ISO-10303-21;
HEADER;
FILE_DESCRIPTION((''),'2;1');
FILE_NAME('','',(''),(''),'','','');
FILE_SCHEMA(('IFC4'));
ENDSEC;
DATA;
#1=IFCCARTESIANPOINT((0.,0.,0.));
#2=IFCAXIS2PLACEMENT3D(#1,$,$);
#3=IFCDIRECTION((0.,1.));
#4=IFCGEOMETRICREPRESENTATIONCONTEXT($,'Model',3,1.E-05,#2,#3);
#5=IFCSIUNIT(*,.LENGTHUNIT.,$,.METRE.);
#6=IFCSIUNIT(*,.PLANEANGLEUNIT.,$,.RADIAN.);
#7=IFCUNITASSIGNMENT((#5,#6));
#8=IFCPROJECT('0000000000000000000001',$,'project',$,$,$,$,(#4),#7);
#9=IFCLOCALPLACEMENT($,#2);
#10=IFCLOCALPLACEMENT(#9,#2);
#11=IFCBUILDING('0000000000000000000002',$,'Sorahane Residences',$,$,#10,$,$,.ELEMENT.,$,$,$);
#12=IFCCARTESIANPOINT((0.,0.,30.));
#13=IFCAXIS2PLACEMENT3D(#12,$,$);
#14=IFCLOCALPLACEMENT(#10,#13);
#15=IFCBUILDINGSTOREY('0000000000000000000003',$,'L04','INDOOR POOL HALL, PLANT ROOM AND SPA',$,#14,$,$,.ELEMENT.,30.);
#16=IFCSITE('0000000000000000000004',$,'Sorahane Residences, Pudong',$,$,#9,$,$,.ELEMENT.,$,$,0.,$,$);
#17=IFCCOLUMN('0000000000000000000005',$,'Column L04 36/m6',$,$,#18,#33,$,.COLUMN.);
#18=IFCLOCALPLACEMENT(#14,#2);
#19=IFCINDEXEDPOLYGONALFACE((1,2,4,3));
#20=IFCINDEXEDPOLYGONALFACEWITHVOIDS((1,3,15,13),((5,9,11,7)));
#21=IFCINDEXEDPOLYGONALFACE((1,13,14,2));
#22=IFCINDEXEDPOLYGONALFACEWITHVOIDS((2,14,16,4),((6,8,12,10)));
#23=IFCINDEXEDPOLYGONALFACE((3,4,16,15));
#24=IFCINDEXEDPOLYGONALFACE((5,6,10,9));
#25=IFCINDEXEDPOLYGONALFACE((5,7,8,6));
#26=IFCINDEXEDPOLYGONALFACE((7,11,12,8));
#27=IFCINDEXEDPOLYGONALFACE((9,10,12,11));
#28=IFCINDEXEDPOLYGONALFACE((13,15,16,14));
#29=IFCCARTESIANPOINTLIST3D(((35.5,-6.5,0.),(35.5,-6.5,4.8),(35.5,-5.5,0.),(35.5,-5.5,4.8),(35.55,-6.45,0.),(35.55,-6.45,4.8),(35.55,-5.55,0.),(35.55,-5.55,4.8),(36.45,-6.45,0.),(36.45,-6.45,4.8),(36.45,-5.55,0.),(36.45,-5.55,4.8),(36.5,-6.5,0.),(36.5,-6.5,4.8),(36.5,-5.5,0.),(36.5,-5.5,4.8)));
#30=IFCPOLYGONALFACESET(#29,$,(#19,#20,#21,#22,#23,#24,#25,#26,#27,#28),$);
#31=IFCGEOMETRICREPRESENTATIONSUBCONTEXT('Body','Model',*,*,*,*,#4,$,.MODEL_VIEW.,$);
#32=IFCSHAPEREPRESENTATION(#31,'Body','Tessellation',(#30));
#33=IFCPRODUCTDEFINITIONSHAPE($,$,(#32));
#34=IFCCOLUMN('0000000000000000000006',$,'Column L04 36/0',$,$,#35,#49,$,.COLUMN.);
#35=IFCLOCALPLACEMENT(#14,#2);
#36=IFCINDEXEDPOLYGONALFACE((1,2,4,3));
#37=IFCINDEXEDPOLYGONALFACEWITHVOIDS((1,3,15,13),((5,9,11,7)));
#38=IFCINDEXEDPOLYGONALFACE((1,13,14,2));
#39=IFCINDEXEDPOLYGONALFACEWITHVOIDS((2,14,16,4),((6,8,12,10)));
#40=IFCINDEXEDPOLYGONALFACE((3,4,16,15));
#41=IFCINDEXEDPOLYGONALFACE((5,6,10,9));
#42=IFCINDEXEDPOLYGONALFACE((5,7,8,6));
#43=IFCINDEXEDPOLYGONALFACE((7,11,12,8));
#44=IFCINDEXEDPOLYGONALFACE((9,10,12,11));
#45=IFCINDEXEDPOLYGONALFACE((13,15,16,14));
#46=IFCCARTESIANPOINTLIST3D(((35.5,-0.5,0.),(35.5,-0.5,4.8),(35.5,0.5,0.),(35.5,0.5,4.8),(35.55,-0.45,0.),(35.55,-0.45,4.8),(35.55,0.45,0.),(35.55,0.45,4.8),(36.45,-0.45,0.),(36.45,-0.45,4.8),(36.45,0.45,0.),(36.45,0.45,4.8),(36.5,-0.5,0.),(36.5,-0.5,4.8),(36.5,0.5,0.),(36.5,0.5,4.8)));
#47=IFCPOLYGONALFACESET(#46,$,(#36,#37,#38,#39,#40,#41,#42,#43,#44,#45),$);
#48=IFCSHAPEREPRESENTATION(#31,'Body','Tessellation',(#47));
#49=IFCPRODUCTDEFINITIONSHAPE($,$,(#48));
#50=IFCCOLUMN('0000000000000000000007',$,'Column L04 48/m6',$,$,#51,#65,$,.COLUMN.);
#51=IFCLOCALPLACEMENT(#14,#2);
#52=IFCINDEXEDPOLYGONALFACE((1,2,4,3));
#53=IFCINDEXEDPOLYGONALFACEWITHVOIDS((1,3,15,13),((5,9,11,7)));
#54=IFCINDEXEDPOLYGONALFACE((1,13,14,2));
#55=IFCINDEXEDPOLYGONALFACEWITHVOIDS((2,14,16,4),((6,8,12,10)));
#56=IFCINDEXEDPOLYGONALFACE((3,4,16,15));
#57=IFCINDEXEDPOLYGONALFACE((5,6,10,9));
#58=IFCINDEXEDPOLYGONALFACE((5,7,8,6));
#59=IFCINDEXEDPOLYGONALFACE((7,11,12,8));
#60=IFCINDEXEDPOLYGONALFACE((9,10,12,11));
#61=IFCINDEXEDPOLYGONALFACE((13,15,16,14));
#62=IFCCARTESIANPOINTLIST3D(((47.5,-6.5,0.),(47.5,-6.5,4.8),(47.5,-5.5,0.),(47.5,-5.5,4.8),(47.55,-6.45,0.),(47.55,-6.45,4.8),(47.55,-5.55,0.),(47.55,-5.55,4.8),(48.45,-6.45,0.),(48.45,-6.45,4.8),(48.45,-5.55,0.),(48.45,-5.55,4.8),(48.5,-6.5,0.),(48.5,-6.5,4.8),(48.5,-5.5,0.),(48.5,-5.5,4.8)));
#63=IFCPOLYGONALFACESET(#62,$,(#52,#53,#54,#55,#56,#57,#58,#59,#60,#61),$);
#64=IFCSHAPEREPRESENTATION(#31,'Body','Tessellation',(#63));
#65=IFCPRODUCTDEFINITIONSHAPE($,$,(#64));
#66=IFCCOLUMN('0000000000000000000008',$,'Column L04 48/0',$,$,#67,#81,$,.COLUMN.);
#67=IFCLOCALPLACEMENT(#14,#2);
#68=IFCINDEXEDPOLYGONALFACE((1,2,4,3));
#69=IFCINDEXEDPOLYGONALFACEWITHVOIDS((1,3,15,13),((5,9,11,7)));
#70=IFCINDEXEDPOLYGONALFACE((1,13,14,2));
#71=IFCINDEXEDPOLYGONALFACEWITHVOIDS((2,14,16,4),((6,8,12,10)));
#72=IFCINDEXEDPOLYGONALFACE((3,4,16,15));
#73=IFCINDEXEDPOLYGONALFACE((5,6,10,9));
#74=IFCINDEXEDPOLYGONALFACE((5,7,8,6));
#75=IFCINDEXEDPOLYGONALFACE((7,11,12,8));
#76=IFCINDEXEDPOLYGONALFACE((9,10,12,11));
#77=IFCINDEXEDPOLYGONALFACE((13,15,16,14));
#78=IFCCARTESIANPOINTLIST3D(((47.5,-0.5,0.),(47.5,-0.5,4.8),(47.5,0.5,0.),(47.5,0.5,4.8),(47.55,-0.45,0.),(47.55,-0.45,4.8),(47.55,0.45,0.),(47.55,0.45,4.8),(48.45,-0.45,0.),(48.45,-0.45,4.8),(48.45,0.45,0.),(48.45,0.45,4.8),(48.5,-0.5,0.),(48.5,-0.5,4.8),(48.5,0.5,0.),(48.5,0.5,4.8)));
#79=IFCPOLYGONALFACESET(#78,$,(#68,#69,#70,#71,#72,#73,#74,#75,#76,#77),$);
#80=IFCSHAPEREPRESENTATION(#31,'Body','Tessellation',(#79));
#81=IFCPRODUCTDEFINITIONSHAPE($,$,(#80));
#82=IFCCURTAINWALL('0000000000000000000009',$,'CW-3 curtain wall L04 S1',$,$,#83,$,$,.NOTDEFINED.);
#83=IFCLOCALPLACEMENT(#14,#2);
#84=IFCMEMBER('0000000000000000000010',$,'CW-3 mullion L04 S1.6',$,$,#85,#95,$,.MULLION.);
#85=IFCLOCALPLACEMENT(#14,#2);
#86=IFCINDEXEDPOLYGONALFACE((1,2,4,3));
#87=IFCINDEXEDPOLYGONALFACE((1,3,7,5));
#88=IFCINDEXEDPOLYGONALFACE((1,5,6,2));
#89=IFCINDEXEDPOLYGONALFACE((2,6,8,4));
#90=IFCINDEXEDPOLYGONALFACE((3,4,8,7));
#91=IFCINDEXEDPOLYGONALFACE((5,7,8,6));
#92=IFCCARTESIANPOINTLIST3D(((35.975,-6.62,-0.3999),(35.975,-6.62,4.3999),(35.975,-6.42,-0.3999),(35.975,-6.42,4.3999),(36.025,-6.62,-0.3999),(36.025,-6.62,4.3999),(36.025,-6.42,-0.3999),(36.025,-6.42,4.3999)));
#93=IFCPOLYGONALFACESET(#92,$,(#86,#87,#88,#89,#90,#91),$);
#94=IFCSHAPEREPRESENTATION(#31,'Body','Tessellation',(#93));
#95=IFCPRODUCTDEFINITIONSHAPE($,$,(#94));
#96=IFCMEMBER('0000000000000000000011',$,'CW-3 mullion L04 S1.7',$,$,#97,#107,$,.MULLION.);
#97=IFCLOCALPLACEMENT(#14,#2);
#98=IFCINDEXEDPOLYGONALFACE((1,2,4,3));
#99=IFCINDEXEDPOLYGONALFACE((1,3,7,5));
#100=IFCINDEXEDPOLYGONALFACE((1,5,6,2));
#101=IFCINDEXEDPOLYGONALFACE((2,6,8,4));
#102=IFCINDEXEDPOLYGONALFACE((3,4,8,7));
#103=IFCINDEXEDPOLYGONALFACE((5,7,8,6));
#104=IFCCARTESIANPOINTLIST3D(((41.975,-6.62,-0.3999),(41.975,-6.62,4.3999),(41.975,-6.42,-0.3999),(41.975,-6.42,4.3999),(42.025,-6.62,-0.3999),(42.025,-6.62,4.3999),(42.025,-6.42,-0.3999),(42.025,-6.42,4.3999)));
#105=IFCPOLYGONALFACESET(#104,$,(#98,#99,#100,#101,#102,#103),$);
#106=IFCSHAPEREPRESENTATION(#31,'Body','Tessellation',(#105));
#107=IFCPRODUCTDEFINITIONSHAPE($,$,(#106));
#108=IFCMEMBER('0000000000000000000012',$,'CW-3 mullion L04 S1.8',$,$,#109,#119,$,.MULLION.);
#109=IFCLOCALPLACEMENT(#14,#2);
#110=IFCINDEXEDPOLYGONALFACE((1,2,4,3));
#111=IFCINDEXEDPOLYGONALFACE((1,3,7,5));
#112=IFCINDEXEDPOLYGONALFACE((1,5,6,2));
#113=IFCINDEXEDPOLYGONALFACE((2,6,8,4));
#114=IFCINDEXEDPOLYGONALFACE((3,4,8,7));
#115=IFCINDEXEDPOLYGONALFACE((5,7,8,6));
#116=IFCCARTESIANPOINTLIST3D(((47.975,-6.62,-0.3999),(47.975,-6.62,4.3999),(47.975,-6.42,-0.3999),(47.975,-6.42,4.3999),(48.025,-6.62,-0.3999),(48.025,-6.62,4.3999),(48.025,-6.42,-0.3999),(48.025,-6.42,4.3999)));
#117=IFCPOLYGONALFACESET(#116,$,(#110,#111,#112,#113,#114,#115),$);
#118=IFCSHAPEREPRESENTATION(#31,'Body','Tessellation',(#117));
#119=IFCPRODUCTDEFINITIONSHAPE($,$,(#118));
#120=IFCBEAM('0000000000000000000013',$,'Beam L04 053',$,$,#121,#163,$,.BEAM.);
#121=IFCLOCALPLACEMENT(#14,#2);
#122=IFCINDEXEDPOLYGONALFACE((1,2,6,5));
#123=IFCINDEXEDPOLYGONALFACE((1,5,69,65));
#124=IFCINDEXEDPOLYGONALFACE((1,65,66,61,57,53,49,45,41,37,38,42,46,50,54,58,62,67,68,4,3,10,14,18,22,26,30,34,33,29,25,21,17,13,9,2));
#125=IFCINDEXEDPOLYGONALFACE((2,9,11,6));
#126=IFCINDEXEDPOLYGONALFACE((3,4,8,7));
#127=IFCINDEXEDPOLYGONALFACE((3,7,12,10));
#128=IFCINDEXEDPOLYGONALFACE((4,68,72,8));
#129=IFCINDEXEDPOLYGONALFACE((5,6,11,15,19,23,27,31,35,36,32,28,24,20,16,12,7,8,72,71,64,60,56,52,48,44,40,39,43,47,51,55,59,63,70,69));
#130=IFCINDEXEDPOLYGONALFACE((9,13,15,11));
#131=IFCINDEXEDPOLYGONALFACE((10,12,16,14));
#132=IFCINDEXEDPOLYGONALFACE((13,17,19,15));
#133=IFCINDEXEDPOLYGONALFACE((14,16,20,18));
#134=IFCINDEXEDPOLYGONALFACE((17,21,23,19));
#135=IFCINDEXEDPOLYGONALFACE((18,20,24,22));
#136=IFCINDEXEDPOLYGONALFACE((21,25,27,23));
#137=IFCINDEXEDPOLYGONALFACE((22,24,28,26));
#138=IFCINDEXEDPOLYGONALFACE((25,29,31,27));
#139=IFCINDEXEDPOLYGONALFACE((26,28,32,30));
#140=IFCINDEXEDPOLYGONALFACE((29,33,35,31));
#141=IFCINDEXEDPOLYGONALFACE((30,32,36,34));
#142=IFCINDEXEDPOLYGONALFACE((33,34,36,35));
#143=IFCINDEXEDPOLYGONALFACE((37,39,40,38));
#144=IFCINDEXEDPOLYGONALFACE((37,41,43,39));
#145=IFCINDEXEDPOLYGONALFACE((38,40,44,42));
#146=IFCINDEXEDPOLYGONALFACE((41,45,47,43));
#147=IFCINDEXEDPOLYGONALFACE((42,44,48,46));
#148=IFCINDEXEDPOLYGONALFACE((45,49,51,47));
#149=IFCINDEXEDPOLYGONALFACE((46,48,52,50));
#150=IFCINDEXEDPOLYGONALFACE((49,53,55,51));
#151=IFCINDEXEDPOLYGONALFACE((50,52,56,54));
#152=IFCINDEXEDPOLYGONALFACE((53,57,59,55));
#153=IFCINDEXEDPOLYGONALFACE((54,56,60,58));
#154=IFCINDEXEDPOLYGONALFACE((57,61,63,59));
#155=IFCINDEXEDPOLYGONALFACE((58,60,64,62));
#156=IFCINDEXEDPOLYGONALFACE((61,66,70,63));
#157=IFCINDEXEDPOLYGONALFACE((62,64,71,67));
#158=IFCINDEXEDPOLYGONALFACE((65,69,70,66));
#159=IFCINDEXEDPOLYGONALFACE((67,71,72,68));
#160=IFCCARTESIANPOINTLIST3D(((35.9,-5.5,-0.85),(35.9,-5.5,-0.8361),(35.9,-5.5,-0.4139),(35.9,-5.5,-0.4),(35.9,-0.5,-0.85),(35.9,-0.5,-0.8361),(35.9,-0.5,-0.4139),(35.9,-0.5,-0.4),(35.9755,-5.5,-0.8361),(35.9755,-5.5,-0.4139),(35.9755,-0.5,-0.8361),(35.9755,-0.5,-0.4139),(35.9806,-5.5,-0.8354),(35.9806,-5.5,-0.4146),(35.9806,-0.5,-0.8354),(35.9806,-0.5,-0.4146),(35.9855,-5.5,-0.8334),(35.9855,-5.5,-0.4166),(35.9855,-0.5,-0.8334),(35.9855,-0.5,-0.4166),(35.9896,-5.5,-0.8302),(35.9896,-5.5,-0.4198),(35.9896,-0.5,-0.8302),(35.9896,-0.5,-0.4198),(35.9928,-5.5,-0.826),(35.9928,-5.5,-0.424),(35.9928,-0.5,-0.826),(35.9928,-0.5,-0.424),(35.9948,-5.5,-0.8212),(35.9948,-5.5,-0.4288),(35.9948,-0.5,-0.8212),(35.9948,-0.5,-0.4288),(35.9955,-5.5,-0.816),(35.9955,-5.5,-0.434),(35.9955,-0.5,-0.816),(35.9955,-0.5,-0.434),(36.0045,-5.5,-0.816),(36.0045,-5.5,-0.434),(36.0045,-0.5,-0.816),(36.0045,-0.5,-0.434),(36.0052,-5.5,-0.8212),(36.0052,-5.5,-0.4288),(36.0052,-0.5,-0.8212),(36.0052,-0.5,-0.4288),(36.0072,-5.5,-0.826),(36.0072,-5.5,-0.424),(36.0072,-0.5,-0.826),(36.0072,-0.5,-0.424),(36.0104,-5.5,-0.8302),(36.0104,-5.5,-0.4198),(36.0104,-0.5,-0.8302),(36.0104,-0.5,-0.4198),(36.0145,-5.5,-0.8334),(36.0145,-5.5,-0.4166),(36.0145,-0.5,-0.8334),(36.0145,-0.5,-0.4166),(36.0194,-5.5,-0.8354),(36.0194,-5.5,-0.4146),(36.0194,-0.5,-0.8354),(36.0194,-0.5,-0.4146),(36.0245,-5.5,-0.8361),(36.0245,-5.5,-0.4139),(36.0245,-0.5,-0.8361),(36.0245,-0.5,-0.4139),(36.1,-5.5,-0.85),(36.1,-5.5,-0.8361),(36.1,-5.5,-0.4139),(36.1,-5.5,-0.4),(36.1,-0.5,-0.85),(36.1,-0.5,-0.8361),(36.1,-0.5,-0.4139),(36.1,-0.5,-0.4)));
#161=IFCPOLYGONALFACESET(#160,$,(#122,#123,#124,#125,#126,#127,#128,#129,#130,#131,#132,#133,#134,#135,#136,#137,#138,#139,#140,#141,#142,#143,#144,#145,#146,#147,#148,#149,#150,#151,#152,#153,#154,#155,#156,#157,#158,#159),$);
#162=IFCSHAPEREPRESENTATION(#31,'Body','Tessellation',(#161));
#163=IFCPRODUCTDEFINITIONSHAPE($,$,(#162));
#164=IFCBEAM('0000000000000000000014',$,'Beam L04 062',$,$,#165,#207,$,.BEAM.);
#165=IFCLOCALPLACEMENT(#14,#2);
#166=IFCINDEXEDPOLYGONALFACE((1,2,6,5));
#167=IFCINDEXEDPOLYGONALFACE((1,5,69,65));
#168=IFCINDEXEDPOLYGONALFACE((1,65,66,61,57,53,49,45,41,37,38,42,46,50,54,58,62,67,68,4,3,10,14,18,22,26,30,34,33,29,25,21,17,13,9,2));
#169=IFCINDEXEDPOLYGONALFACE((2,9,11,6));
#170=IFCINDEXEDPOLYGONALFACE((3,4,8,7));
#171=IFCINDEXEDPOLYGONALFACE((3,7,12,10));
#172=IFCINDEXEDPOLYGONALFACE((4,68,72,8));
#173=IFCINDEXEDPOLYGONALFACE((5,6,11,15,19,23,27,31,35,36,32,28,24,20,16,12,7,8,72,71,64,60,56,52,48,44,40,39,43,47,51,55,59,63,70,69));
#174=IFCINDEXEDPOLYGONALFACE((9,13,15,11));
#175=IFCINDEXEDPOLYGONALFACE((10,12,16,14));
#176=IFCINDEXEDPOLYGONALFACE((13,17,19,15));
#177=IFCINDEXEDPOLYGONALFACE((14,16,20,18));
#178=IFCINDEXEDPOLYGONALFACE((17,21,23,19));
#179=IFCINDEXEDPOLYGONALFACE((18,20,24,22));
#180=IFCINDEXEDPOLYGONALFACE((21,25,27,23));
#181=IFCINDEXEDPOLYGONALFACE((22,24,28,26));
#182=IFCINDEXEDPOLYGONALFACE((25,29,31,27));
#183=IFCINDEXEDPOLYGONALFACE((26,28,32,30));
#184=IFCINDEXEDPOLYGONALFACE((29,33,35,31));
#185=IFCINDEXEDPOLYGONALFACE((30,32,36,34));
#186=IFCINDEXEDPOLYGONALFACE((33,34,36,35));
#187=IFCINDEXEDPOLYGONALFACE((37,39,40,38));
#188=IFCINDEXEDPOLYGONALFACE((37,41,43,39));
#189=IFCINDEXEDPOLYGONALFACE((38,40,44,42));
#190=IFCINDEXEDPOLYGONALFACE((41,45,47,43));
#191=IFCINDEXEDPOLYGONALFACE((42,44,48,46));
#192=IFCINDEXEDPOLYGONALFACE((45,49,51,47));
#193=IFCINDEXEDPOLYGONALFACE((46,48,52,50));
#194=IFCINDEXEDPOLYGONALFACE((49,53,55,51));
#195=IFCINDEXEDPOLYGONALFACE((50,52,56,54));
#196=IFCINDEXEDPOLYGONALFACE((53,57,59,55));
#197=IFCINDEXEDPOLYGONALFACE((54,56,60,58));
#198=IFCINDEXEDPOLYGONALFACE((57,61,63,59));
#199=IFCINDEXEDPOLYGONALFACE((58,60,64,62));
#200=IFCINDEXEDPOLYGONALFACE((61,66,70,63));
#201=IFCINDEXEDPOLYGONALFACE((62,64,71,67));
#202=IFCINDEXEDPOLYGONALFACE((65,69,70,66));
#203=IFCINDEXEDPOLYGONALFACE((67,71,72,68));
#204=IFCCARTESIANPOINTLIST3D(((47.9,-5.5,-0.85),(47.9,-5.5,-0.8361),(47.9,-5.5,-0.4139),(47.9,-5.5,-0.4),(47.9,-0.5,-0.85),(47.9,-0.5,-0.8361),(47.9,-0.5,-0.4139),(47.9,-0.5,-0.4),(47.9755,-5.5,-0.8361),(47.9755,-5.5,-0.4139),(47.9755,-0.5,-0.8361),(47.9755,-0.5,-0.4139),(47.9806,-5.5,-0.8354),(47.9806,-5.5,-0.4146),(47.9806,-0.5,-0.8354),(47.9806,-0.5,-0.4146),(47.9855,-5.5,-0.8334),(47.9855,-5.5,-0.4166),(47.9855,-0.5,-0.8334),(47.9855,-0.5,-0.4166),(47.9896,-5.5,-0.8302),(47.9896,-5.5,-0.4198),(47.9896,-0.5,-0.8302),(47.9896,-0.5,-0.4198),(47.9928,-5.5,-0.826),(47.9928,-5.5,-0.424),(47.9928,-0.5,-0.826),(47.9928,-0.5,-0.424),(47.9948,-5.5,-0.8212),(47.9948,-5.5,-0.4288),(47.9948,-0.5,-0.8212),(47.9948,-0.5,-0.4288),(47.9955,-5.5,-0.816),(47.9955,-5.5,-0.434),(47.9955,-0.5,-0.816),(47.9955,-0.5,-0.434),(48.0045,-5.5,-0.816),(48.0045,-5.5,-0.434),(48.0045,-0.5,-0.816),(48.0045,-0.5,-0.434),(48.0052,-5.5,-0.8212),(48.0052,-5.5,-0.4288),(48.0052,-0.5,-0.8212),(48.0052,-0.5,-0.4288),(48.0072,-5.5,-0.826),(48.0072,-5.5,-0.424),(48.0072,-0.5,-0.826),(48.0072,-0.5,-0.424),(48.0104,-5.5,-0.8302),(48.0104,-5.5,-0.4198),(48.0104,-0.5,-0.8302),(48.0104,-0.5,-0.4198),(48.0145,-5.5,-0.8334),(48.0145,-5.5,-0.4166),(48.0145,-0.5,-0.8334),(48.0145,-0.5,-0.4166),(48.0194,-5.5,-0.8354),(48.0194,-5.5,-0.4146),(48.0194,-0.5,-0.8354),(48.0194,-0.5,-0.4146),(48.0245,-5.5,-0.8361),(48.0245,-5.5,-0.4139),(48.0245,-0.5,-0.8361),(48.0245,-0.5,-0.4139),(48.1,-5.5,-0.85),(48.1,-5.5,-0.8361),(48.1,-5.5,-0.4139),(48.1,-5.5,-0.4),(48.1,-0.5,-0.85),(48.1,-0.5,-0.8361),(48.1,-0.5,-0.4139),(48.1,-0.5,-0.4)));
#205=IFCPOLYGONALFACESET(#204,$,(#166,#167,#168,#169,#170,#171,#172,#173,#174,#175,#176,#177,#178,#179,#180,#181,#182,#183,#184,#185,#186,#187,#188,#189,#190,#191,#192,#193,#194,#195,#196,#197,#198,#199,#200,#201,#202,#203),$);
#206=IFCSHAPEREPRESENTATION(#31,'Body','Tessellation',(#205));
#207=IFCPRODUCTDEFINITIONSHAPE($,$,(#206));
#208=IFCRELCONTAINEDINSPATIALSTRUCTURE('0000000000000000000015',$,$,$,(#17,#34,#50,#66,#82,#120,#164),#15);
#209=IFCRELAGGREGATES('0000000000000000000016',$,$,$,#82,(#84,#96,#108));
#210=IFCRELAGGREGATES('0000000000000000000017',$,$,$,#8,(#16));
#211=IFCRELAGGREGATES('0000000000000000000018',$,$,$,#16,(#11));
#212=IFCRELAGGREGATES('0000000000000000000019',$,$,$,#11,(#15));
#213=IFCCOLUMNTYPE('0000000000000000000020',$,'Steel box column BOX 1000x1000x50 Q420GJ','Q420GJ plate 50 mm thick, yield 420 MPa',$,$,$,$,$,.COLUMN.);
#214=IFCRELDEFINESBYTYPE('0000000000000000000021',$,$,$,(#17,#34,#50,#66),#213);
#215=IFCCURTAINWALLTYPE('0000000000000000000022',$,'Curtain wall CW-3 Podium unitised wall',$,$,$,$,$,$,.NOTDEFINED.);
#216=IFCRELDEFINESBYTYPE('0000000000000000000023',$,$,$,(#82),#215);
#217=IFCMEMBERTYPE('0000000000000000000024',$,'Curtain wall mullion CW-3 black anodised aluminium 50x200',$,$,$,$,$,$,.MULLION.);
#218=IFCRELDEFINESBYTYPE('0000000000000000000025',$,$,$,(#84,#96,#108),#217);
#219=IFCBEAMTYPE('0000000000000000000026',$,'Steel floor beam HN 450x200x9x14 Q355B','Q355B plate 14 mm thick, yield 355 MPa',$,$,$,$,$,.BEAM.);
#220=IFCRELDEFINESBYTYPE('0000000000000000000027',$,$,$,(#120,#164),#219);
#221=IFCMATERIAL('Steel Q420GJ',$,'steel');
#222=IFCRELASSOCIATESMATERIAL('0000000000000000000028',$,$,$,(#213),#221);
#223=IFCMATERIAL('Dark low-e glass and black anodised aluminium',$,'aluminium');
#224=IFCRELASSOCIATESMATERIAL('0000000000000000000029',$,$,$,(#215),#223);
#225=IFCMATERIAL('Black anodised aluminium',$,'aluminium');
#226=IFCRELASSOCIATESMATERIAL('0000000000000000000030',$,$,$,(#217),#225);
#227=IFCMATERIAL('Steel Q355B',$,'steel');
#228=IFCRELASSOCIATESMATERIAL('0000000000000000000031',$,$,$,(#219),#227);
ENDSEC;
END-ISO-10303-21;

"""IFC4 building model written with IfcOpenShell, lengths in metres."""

from ifc_helpers import new_model, si_unit, direction, frame, origin, origin_2d, place, context, subcontext, project, spatial, rectangle, hollow_rectangle, i_section, extrude, material, material_profile, profile_set, type_object, element, aggregate, save


model = new_model("IFC4")

# Units and contexts
model_context = context("Model", 3, precision=1e-05, world=origin(), true_north=direction((0.0, 1.0)))
body_context = subcontext(model_context, "Body", "Model", "MODEL_VIEW")
ifc_project = project(units=[si_unit("LENGTHUNIT", "METRE"), si_unit("PLANEANGLEUNIT", "RADIAN")], contexts=[model_context])

# Site, building, storey
site_placement = place(None, origin())
site = spatial("IfcSite", under=ifc_project, at=site_placement, Name="Sorahane Residences, Pudong", CompositionType="ELEMENT", RefElevation=0.0)
building_placement = place(site_placement, origin())
building = spatial("IfcBuilding", under=site, at=building_placement, Name="Sorahane Residences", CompositionType="ELEMENT")
storey_placement = place(building_placement, frame((0.0, 0.0, 30.0)))
storey = spatial("IfcBuildingStorey", under=building, at=storey_placement, Name="L04", Description="INDOOR POOL HALL, PLANT ROOM AND SPA", CompositionType="ELEMENT", Elevation=30.0)

# Columns
ifc_material_1 = material(Name="Steel Q420GJ", Category="steel")
ifc_material_profile_1 = material_profile(ifc_material_1, hollow_rectangle(XDim=1.0, YDim=1.0, WallThickness=0.05, at=origin_2d()), Name="BOX 1000x1000x50")
ifc_profile_set_1 = profile_set([ifc_material_profile_1], Name="Steel Q420GJ")
column_type = type_object("IfcColumnType", Name="Steel box column BOX 1000x1000x50 Q420GJ", Description="Q420GJ plate 50 mm thick, yield 420 MPa", PredefinedType="COLUMN", material=ifc_profile_set_1)
for number, where, z_axis, x_axis, name in (
    (1, (36.0, -6.0, 0.0), (0.0, 0.0, 1.0), (1.0, 0.0, 0.0), "Column L04 36/m6"),
    (2, (36.0, 0.0, 0.0), (0.0, 0.0, 1.0), (1.0, 0.0, 0.0), "Column L04 36/0"),
    (3, (48.0, -6.0, 0.0), (0.0, 0.0, 1.0), (1.0, 0.0, 0.0), "Column L04 48/m6"),
    (4, (48.0, 0.0, 0.0), (0.0, 0.0, 1.0), (1.0, 0.0, 0.0), "Column L04 48/0"),
):
    element("IfcColumn", number, at=place(storey_placement, frame(where, z_axis=z_axis, x_axis=x_axis)), inside=storey, type_object=column_type, Name=name, PredefinedType="COLUMN", context=body_context, shape_type="SweptSolid", body=[
        extrude(hollow_rectangle(XDim=1.0, YDim=1.0, WallThickness=0.05, at=origin_2d()), origin(), (0.0, 0.0, 1.0), 4.8),
    ])

# Curtain wall, members
ifc_material_2 = material(Name="Dark low-e glass and black anodised aluminium", Category="aluminium")
curtain_wall_type = type_object("IfcCurtainWallType", Name="Curtain wall CW-3 Podium unitised wall", PredefinedType="NOTDEFINED", material=ifc_material_2)
curtain_wall_placement = place(storey_placement, origin())
curtain_wall = element("IfcCurtainWall", 5, at=curtain_wall_placement, inside=storey, type_object=curtain_wall_type, Name="CW-3 curtain wall L04 S1", PredefinedType="NOTDEFINED")
ifc_material_3 = material(Name="Black anodised aluminium", Category="aluminium")
ifc_material_profile_2 = material_profile(ifc_material_3, rectangle(XDim=0.2, YDim=0.05, at=origin_2d()), Name="Curtain wall mullion CW-3 black anodised aluminium 50x200")
ifc_profile_set_2 = profile_set([ifc_material_profile_2], Name="Black anodised aluminium")
member_type = type_object("IfcMemberType", Name="Curtain wall mullion CW-3 black anodised aluminium 50x200", PredefinedType="MULLION", material=ifc_profile_set_2)
member_1_placement = place(storey_placement, frame((36.0, -6.52, -0.3999), z_axis=(0.0, 0.0, 1.0), x_axis=(0.0, -1.0, 0.0)))
member_1 = element("IfcMember", 6, at=member_1_placement, type_object=member_type, Name="CW-3 mullion L04 S1.6", PredefinedType="MULLION", context=body_context, shape_type="SweptSolid", body=[
    extrude(rectangle(XDim=0.2, YDim=0.05, at=origin_2d()), origin(), (0.0, 0.0, 1.0), 4.7998),
])
member_2_placement = place(storey_placement, frame((42.0, -6.52, -0.3999), z_axis=(0.0, 0.0, 1.0), x_axis=(0.0, -1.0, 0.0)))
member_2 = element("IfcMember", 7, at=member_2_placement, type_object=member_type, Name="CW-3 mullion L04 S1.7", PredefinedType="MULLION", context=body_context, shape_type="SweptSolid", body=[
    extrude(rectangle(XDim=0.2, YDim=0.05, at=origin_2d()), origin(), (0.0, 0.0, 1.0), 4.7998),
])
member_3_placement = place(storey_placement, frame((48.0, -6.52, -0.3999), z_axis=(0.0, 0.0, 1.0), x_axis=(0.0, -1.0, 0.0)))
member_3 = element("IfcMember", 8, at=member_3_placement, type_object=member_type, Name="CW-3 mullion L04 S1.8", PredefinedType="MULLION", context=body_context, shape_type="SweptSolid", body=[
    extrude(rectangle(XDim=0.2, YDim=0.05, at=origin_2d()), origin(), (0.0, 0.0, 1.0), 4.7998),
])

# Beams
ifc_material_4 = material(Name="Steel Q355B", Category="steel")
ifc_material_profile_3 = material_profile(ifc_material_4, i_section(OverallWidth=0.2, OverallDepth=0.45, WebThickness=0.009, FlangeThickness=0.0139, FilletRadius=0.02, at=origin_2d()), Name="HN 450x200x9x14")
ifc_profile_set_3 = profile_set([ifc_material_profile_3], Name="Steel Q355B")
beam_type_1 = type_object("IfcBeamType", Name="Steel floor beam HN 450x200x9x14 Q355B", Description="Q355B plate 14 mm thick, yield 355 MPa", PredefinedType="BEAM", material=ifc_profile_set_3)
for number, where, z_axis, x_axis, name in (
    (9, (36.0, -5.5, -0.625), (0.0, 1.0, 0.0), (-1.0, 0.0, 0.0), "Beam L04 053"),
    (10, (48.0, -5.5, -0.625), (0.0, 1.0, 0.0), (-1.0, 0.0, 0.0), "Beam L04 062"),
):
    element("IfcBeam", number, at=place(storey_placement, frame(where, z_axis=z_axis, x_axis=x_axis)), inside=storey, type_object=beam_type_1, Name=name, PredefinedType="BEAM", context=body_context, shape_type="SweptSolid", body=[
        extrude(i_section(OverallWidth=0.2, OverallDepth=0.45, WebThickness=0.009, FlangeThickness=0.0139, FilletRadius=0.02, at=origin_2d()), origin(), (0.0, 0.0, 1.0), 5.0),
    ])

aggregate(curtain_wall, [member_1, member_2, member_3])

save(model, "model.ifc")
